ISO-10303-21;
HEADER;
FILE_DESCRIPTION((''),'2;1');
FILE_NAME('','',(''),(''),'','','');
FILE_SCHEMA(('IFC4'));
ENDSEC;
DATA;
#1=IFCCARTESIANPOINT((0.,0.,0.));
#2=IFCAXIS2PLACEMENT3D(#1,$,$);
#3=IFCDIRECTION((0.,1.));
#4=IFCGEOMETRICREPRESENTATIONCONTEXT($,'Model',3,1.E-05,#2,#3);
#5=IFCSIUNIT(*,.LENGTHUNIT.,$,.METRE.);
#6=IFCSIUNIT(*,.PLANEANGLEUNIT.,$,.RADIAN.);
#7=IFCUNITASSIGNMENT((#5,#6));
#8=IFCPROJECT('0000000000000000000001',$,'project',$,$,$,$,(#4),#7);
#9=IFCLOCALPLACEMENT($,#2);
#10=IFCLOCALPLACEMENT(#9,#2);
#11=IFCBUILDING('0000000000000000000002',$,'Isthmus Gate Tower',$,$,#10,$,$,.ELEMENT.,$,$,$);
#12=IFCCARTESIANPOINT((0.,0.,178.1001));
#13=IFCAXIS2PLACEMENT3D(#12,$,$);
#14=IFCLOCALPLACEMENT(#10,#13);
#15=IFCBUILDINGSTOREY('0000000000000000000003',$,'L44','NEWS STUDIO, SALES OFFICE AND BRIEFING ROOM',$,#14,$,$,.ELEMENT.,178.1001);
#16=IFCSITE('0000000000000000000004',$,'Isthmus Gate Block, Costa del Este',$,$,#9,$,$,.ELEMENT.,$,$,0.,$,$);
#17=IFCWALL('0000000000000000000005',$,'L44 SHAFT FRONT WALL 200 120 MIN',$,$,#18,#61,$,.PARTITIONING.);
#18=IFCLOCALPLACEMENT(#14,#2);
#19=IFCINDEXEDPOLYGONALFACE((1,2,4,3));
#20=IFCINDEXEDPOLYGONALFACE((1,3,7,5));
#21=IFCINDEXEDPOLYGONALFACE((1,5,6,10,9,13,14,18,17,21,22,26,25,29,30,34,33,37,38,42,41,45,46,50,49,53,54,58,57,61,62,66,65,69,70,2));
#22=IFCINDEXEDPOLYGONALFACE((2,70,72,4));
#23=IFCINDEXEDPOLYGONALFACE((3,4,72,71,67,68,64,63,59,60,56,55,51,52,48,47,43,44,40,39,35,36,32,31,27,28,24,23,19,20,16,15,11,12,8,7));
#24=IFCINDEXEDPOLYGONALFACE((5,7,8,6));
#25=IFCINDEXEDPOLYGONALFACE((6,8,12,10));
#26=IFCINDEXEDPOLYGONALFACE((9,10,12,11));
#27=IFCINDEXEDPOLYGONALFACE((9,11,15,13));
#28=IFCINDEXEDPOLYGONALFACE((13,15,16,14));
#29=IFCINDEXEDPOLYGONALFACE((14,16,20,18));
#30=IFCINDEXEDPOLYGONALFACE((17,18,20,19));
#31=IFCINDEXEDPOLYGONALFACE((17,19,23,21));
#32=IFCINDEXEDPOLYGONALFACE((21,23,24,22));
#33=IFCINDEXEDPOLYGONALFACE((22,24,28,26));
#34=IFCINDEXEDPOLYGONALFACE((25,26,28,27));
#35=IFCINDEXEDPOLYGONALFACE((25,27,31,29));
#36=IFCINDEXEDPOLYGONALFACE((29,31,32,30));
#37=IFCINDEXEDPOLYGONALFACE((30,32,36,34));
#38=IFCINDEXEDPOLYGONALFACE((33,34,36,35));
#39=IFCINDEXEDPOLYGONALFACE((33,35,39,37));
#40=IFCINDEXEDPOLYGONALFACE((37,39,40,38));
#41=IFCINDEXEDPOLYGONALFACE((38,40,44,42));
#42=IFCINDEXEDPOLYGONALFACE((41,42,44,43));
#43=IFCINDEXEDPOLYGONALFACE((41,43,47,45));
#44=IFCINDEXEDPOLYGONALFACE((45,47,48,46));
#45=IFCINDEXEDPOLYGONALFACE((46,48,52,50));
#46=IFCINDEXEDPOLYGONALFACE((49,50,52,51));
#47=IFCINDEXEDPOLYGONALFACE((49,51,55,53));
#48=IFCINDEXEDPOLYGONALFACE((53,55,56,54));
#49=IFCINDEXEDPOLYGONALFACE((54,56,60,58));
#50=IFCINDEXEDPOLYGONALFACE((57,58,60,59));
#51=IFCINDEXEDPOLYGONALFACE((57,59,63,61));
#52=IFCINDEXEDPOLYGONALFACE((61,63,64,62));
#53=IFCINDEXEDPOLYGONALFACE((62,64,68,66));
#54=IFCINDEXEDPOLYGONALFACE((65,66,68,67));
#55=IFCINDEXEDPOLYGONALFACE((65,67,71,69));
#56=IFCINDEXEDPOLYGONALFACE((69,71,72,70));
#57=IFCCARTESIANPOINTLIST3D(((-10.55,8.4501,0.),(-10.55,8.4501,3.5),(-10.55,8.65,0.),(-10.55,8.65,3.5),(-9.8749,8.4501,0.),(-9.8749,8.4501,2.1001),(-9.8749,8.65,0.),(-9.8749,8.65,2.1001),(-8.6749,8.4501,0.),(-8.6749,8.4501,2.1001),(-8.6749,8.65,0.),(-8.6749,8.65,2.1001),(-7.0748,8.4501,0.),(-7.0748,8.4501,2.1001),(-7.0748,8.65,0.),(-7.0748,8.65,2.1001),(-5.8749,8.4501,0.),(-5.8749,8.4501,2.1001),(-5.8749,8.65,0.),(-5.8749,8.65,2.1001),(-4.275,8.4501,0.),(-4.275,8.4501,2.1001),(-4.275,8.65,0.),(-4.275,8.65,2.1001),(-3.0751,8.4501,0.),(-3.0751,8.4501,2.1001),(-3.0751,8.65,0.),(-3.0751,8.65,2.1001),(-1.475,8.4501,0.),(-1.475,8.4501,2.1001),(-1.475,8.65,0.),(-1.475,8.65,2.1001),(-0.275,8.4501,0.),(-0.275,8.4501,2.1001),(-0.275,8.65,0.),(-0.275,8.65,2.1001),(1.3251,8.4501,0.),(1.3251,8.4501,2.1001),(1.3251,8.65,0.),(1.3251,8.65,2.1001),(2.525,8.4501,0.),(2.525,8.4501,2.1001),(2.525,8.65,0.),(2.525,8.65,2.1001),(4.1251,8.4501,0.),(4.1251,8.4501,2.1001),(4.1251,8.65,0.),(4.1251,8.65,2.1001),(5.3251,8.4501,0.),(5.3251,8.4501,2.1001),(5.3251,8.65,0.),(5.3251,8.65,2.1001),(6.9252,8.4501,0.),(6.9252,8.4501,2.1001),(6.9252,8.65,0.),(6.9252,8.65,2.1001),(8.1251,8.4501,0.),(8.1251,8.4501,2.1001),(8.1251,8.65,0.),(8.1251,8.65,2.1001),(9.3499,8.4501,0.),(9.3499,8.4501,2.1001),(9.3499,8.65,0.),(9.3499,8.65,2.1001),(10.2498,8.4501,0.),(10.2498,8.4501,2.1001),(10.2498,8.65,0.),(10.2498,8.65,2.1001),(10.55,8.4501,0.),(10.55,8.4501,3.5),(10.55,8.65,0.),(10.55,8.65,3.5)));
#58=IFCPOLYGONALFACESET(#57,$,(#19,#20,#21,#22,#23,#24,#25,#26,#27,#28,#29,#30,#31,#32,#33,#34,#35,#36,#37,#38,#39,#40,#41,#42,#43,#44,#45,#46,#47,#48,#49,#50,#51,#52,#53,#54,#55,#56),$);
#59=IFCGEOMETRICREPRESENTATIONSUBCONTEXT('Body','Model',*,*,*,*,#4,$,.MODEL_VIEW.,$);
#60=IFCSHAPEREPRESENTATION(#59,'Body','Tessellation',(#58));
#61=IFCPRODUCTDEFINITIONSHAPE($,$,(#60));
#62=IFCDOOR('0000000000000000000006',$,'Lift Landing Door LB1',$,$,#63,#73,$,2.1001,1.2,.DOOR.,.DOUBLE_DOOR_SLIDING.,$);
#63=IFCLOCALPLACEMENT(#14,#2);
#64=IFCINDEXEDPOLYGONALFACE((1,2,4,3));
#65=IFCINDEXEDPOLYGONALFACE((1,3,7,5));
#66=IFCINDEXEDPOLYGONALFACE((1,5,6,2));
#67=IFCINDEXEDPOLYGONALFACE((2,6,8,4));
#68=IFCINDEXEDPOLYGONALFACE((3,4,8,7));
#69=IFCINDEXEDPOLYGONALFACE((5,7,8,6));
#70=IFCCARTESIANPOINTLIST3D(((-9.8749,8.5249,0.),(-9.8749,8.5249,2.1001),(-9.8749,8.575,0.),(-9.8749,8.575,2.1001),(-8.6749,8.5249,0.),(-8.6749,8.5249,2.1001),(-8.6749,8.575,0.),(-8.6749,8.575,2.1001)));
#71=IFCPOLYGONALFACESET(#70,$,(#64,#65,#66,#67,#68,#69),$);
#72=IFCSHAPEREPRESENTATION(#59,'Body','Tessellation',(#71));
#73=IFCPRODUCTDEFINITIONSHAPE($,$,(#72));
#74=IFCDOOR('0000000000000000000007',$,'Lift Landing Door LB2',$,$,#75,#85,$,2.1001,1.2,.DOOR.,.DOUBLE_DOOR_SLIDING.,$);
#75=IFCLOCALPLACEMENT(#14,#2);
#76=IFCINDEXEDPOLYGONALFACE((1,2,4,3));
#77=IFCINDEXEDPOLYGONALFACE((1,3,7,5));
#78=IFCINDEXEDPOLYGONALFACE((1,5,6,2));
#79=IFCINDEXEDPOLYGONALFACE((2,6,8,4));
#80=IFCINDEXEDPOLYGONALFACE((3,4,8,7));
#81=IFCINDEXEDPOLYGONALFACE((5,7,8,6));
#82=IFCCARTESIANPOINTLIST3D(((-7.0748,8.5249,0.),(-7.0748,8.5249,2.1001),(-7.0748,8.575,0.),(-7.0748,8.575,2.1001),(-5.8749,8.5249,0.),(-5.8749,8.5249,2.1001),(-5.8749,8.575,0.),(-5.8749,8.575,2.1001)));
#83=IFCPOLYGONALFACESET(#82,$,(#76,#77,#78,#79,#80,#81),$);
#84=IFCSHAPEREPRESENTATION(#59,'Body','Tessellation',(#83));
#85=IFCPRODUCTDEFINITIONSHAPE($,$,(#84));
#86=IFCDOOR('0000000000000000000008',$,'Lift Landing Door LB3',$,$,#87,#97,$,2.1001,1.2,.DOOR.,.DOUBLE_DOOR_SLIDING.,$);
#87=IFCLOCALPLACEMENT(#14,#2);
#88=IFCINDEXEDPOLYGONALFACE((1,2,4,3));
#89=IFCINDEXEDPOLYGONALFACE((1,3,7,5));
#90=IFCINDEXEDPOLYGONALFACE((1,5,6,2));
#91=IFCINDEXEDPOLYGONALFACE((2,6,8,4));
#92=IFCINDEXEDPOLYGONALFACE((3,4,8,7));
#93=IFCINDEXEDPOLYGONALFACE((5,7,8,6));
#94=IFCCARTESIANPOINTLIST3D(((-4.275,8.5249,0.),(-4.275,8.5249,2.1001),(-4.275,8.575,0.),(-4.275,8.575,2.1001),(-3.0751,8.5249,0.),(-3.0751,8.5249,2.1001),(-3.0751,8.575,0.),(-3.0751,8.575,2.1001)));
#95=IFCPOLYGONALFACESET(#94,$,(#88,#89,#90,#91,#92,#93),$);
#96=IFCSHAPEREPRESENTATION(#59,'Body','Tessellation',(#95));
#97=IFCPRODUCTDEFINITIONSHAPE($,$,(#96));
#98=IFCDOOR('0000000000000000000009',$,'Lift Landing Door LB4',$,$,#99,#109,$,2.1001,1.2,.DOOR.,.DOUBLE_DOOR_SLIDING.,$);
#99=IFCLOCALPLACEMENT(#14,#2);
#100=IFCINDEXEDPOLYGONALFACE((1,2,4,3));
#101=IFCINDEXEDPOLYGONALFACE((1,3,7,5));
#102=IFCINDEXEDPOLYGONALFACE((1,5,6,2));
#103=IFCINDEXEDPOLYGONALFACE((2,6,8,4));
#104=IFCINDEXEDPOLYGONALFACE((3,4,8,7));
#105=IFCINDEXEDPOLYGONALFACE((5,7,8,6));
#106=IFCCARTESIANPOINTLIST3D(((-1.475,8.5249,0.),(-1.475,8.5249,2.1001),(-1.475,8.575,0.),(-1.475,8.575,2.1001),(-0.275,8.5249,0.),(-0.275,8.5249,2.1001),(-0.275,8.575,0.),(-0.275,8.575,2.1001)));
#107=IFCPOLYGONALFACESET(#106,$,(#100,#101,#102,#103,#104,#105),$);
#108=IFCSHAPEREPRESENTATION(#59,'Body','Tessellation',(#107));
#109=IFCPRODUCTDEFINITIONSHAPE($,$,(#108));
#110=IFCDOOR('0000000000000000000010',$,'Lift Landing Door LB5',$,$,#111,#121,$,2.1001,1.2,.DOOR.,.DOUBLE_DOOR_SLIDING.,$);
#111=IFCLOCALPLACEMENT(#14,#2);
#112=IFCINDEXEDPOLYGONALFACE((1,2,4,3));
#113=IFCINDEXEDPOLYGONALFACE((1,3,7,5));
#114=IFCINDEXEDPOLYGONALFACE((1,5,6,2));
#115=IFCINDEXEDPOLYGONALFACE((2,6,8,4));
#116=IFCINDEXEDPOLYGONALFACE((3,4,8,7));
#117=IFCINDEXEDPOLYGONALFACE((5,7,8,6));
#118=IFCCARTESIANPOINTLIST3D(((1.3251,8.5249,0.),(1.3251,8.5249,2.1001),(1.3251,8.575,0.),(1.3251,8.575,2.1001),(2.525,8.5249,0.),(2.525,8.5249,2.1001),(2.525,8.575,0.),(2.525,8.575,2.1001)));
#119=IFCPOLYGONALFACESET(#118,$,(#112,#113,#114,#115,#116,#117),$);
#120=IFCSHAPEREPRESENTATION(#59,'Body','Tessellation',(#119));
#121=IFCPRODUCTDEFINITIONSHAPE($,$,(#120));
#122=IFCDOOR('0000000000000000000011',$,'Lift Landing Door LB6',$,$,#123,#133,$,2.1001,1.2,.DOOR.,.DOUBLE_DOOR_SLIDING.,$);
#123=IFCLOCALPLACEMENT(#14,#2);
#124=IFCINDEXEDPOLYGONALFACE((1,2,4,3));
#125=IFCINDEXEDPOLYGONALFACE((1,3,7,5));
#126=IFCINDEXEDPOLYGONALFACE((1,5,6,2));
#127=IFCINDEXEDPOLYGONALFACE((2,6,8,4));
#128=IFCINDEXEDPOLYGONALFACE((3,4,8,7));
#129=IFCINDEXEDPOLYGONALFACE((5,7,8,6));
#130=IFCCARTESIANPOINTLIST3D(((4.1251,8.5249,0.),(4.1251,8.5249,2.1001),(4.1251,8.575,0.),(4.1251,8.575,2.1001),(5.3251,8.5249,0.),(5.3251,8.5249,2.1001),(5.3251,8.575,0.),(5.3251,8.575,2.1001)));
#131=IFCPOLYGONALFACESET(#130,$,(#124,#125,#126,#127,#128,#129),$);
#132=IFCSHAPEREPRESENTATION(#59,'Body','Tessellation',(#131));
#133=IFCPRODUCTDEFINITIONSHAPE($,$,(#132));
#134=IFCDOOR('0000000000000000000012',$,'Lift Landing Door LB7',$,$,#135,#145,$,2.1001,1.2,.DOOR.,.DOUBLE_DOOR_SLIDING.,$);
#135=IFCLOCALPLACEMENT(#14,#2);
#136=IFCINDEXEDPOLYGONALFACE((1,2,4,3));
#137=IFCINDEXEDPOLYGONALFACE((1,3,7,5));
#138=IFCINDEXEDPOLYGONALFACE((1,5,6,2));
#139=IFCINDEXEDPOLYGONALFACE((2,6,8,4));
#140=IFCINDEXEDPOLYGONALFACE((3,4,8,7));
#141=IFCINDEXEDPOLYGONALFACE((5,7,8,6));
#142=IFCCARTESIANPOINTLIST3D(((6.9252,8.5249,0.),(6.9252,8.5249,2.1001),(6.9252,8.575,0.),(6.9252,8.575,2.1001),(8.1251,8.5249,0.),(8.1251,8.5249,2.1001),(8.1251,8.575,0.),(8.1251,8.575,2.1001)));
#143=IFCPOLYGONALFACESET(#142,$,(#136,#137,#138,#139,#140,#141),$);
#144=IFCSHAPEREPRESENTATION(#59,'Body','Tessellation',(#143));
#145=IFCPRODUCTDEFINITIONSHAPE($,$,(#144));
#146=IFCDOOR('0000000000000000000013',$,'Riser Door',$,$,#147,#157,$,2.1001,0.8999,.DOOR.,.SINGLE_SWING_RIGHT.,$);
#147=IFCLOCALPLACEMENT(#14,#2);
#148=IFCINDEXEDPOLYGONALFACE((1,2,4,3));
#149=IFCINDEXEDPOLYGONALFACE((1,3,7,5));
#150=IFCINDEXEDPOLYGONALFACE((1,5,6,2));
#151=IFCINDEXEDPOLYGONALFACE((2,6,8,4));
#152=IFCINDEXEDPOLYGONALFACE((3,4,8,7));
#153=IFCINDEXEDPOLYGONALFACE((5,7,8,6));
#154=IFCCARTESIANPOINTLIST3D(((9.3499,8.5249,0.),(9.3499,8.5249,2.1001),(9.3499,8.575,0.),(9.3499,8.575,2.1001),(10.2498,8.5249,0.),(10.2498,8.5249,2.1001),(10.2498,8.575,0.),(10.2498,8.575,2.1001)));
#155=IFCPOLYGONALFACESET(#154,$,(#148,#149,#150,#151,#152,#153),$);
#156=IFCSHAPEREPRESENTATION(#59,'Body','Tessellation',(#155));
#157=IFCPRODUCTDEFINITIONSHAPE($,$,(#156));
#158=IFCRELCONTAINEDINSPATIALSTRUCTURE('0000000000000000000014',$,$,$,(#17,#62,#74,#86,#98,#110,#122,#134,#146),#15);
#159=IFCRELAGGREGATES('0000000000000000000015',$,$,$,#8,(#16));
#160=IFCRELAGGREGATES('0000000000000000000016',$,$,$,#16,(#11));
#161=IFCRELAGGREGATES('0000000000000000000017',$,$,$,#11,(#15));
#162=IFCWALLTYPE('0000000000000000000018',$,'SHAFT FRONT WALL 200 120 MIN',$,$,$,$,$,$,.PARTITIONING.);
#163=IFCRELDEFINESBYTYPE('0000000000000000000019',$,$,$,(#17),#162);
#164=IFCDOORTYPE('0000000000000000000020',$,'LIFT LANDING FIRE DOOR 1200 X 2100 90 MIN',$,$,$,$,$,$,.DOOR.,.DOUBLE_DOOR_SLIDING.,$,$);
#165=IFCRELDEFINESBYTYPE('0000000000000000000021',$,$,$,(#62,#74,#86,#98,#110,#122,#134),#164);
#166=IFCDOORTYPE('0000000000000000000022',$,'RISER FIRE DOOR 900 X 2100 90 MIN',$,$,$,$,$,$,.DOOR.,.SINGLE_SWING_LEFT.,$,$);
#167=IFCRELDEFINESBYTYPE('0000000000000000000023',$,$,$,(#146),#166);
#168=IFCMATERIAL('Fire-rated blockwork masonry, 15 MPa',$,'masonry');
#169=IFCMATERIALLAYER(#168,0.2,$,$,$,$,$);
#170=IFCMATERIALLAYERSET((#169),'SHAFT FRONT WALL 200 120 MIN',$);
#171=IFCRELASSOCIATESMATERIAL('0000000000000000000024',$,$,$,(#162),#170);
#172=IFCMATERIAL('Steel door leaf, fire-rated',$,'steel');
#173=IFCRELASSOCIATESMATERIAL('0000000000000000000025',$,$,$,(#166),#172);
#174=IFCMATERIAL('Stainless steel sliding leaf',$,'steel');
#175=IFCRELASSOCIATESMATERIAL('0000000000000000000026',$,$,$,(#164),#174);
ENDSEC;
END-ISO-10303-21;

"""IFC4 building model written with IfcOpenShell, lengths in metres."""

from ifc_helpers import new_model, si_unit, direction, frame, frame_2d, origin, place, context, subcontext, project, spatial, rectangle, extrude, material, layer, layer_set, type_object, element, fill, save


model = new_model("IFC4")

# Units and contexts
model_context = context("Model", 3, precision=1e-05, world=origin(), true_north=direction((0.0, 1.0)))
body_context = subcontext(model_context, "Body", "Model", "MODEL_VIEW")
ifc_project = project(units=[si_unit("LENGTHUNIT", "METRE"), si_unit("PLANEANGLEUNIT", "RADIAN")], contexts=[model_context])

# Site, building, storey
site_placement = place(None, origin())
site = spatial("IfcSite", under=ifc_project, at=site_placement, Name="Isthmus Gate Block, Costa del Este", CompositionType="ELEMENT", RefElevation=0.0)
building_placement = place(site_placement, origin())
building = spatial("IfcBuilding", under=site, at=building_placement, Name="Isthmus Gate Tower", CompositionType="ELEMENT")
storey_placement = place(building_placement, frame((0.0, 0.0, 178.1001)))
storey = spatial("IfcBuildingStorey", under=building, at=storey_placement, Name="L44", Description="NEWS STUDIO, SALES OFFICE AND BRIEFING ROOM", CompositionType="ELEMENT", Elevation=178.1001)

# Wall, openings, doors
ifc_material_1 = material(Name="Fire-rated blockwork masonry, 15 MPa", Category="masonry")
ifc_layer_1 = layer(ifc_material_1, 0.2)
ifc_layer_set_1 = layer_set([ifc_layer_1], Name="SHAFT FRONT WALL 200 120 MIN")
wall_type_1 = type_object("IfcWallType", Name="SHAFT FRONT WALL 200 120 MIN", PredefinedType="PARTITIONING", material=ifc_layer_set_1)
ifc_material_2 = material(Name="Steel door leaf, fire-rated", Category="steel")
door_type_1 = type_object("IfcDoorType", Name="RISER FIRE DOOR 900 X 2100 90 MIN", OperationType="SINGLE_SWING_LEFT", PredefinedType="DOOR", material=ifc_material_2)
wall_1_placement = place(storey_placement, frame((-10.55, 8.55, 0.0), z_axis=(0.0, 0.0, 1.0), x_axis=(1.0, 0.0, 0.0)))
wall_1 = element("IfcWall", 1, at=wall_1_placement, inside=storey, type_object=wall_type_1, Name="L44 SHAFT FRONT WALL 200 120 MIN", PredefinedType="PARTITIONING", context=body_context, shape_type="SweptSolid", body=[
    extrude(rectangle(XDim=21.1001, YDim=0.2, at=frame_2d((10.55, 0.0))), origin(), (0.0, 0.0, 1.0), 3.5),
])
opening_1_placement = place(wall_1_placement, frame((0.675, 0.0, 0.0)))
opening_1 = element("IfcOpeningElement", 2, at=opening_1_placement, cuts=wall_1, PredefinedType="OPENING", context=body_context, shape_type="SweptSolid", body=[
    extrude(rectangle(XDim=1.2, YDim=2.1001, at=frame_2d((0.6001, 1.05))), frame((0.0, 0.1099, 0.0), z_axis=(0.0, -1.0, 0.0), x_axis=(1.0, 0.0, 0.0)), (0.0, 0.0, 1.0), 0.22),
])
opening_2_placement = place(wall_1_placement, frame((3.4751, 0.0, 0.0)))
opening_2 = element("IfcOpeningElement", 3, at=opening_2_placement, cuts=wall_1, PredefinedType="OPENING", context=body_context, shape_type="SweptSolid", body=[
    extrude(rectangle(XDim=1.2, YDim=2.1001, at=frame_2d((0.6001, 1.05))), frame((0.0, 0.1099, 0.0), z_axis=(0.0, -1.0, 0.0), x_axis=(1.0, 0.0, 0.0)), (0.0, 0.0, 1.0), 0.22),
])
opening_3_placement = place(wall_1_placement, frame((6.2749, 0.0, 0.0)))
opening_3 = element("IfcOpeningElement", 4, at=opening_3_placement, cuts=wall_1, PredefinedType="OPENING", context=body_context, shape_type="SweptSolid", body=[
    extrude(rectangle(XDim=1.2, YDim=2.1001, at=frame_2d((0.6001, 1.05))), frame((0.0, 0.1099, 0.0), z_axis=(0.0, -1.0, 0.0), x_axis=(1.0, 0.0, 0.0)), (0.0, 0.0, 1.0), 0.22),
])
opening_4_placement = place(wall_1_placement, frame((9.075, 0.0, 0.0)))
opening_4 = element("IfcOpeningElement", 5, at=opening_4_placement, cuts=wall_1, PredefinedType="OPENING", context=body_context, shape_type="SweptSolid", body=[
    extrude(rectangle(XDim=1.2, YDim=2.1001, at=frame_2d((0.6001, 1.05))), frame((0.0, 0.1099, 0.0), z_axis=(0.0, -1.0, 0.0), x_axis=(1.0, 0.0, 0.0)), (0.0, 0.0, 1.0), 0.22),
])
opening_5_placement = place(wall_1_placement, frame((11.875, 0.0, 0.0)))
opening_5 = element("IfcOpeningElement", 6, at=opening_5_placement, cuts=wall_1, PredefinedType="OPENING", context=body_context, shape_type="SweptSolid", body=[
    extrude(rectangle(XDim=1.2, YDim=2.1001, at=frame_2d((0.6001, 1.05))), frame((0.0, 0.1099, 0.0), z_axis=(0.0, -1.0, 0.0), x_axis=(1.0, 0.0, 0.0)), (0.0, 0.0, 1.0), 0.22),
])
opening_6_placement = place(wall_1_placement, frame((14.675, 0.0, 0.0)))
opening_6 = element("IfcOpeningElement", 7, at=opening_6_placement, cuts=wall_1, PredefinedType="OPENING", context=body_context, shape_type="SweptSolid", body=[
    extrude(rectangle(XDim=1.2, YDim=2.1001, at=frame_2d((0.6001, 1.05))), frame((0.0, 0.1099, 0.0), z_axis=(0.0, -1.0, 0.0), x_axis=(1.0, 0.0, 0.0)), (0.0, 0.0, 1.0), 0.22),
])
opening_7_placement = place(wall_1_placement, frame((17.4751, 0.0, 0.0)))
opening_7 = element("IfcOpeningElement", 8, at=opening_7_placement, cuts=wall_1, PredefinedType="OPENING", context=body_context, shape_type="SweptSolid", body=[
    extrude(rectangle(XDim=1.2, YDim=2.1001, at=frame_2d((0.6001, 1.05))), frame((0.0, 0.1099, 0.0), z_axis=(0.0, -1.0, 0.0), x_axis=(1.0, 0.0, 0.0)), (0.0, 0.0, 1.0), 0.22),
])
opening_8_placement = place(wall_1_placement, frame((19.8999, 0.0, 0.0)))
opening_8 = element("IfcOpeningElement", 9, at=opening_8_placement, cuts=wall_1, PredefinedType="OPENING", context=body_context, shape_type="SweptSolid", body=[
    extrude(rectangle(XDim=0.8999, YDim=2.1001, at=frame_2d((0.45, 1.05))), frame((0.0, 0.1099, 0.0), z_axis=(0.0, -1.0, 0.0), x_axis=(1.0, 0.0, 0.0)), (0.0, 0.0, 1.0), 0.22),
])
ifc_material_3 = material(Name="Stainless steel sliding leaf", Category="steel")
door_type_2 = type_object("IfcDoorType", Name="LIFT LANDING FIRE DOOR 1200 X 2100 90 MIN", OperationType="DOUBLE_DOOR_SLIDING", PredefinedType="DOOR", material=ifc_material_3)
door_1_placement = place(opening_1_placement, origin())
door_1 = element("IfcDoor", 10, at=door_1_placement, inside=storey, type_object=door_type_2, Name="Lift Landing Door LB1", OperationType="DOUBLE_DOOR_SLIDING", OverallHeight=2.1001, OverallWidth=1.2, PredefinedType="DOOR", context=body_context, shape_type="SweptSolid", body=[
    extrude(rectangle(XDim=1.2, YDim=2.1001, at=frame_2d((0.6001, 1.05))), frame((0.0, 0.0249, 0.0), z_axis=(0.0, -1.0, 0.0), x_axis=(1.0, 0.0, 0.0)), (0.0, 0.0, 1.0), 0.05),
])
fill(opening_1, door_1)
door_2_placement = place(opening_2_placement, origin())
door_2 = element("IfcDoor", 11, at=door_2_placement, inside=storey, type_object=door_type_2, Name="Lift Landing Door LB2", OperationType="DOUBLE_DOOR_SLIDING", OverallHeight=2.1001, OverallWidth=1.2, PredefinedType="DOOR", context=body_context, shape_type="SweptSolid", body=[
    extrude(rectangle(XDim=1.2, YDim=2.1001, at=frame_2d((0.6001, 1.05))), frame((0.0, 0.0249, 0.0), z_axis=(0.0, -1.0, 0.0), x_axis=(1.0, 0.0, 0.0)), (0.0, 0.0, 1.0), 0.05),
])
fill(opening_2, door_2)
door_3_placement = place(opening_3_placement, origin())
door_3 = element("IfcDoor", 12, at=door_3_placement, inside=storey, type_object=door_type_2, Name="Lift Landing Door LB3", OperationType="DOUBLE_DOOR_SLIDING", OverallHeight=2.1001, OverallWidth=1.2, PredefinedType="DOOR", context=body_context, shape_type="SweptSolid", body=[
    extrude(rectangle(XDim=1.2, YDim=2.1001, at=frame_2d((0.6001, 1.05))), frame((0.0, 0.0249, 0.0), z_axis=(0.0, -1.0, 0.0), x_axis=(1.0, 0.0, 0.0)), (0.0, 0.0, 1.0), 0.05),
])
fill(opening_3, door_3)
door_4_placement = place(opening_4_placement, origin())
door_4 = element("IfcDoor", 13, at=door_4_placement, inside=storey, type_object=door_type_2, Name="Lift Landing Door LB4", OperationType="DOUBLE_DOOR_SLIDING", OverallHeight=2.1001, OverallWidth=1.2, PredefinedType="DOOR", context=body_context, shape_type="SweptSolid", body=[
    extrude(rectangle(XDim=1.2, YDim=2.1001, at=frame_2d((0.6001, 1.05))), frame((0.0, 0.0249, 0.0), z_axis=(0.0, -1.0, 0.0), x_axis=(1.0, 0.0, 0.0)), (0.0, 0.0, 1.0), 0.05),
])
fill(opening_4, door_4)
door_5_placement = place(opening_5_placement, origin())
door_5 = element("IfcDoor", 14, at=door_5_placement, inside=storey, type_object=door_type_2, Name="Lift Landing Door LB5", OperationType="DOUBLE_DOOR_SLIDING", OverallHeight=2.1001, OverallWidth=1.2, PredefinedType="DOOR", context=body_context, shape_type="SweptSolid", body=[
    extrude(rectangle(XDim=1.2, YDim=2.1001, at=frame_2d((0.6001, 1.05))), frame((0.0, 0.0249, 0.0), z_axis=(0.0, -1.0, 0.0), x_axis=(1.0, 0.0, 0.0)), (0.0, 0.0, 1.0), 0.05),
])
fill(opening_5, door_5)
door_6_placement = place(opening_6_placement, origin())
door_6 = element("IfcDoor", 15, at=door_6_placement, inside=storey, type_object=door_type_2, Name="Lift Landing Door LB6", OperationType="DOUBLE_DOOR_SLIDING", OverallHeight=2.1001, OverallWidth=1.2, PredefinedType="DOOR", context=body_context, shape_type="SweptSolid", body=[
    extrude(rectangle(XDim=1.2, YDim=2.1001, at=frame_2d((0.6001, 1.05))), frame((0.0, 0.0249, 0.0), z_axis=(0.0, -1.0, 0.0), x_axis=(1.0, 0.0, 0.0)), (0.0, 0.0, 1.0), 0.05),
])
fill(opening_6, door_6)
door_7_placement = place(opening_7_placement, origin())
door_7 = element("IfcDoor", 16, at=door_7_placement, inside=storey, type_object=door_type_2, Name="Lift Landing Door LB7", OperationType="DOUBLE_DOOR_SLIDING", OverallHeight=2.1001, OverallWidth=1.2, PredefinedType="DOOR", context=body_context, shape_type="SweptSolid", body=[
    extrude(rectangle(XDim=1.2, YDim=2.1001, at=frame_2d((0.6001, 1.05))), frame((0.0, 0.0249, 0.0), z_axis=(0.0, -1.0, 0.0), x_axis=(1.0, 0.0, 0.0)), (0.0, 0.0, 1.0), 0.05),
])
fill(opening_7, door_7)
door_8_placement = place(opening_8_placement, origin())
door_8 = element("IfcDoor", 17, at=door_8_placement, inside=storey, type_object=door_type_1, Name="Riser Door", OperationType="SINGLE_SWING_RIGHT", OverallHeight=2.1001, OverallWidth=0.8999, PredefinedType="DOOR", context=body_context, shape_type="SweptSolid", body=[
    extrude(rectangle(XDim=0.8999, YDim=2.1001, at=frame_2d((0.45, 1.05))), frame((0.0, 0.0249, 0.0), z_axis=(0.0, -1.0, 0.0), x_axis=(1.0, 0.0, 0.0)), (0.0, 0.0, 1.0), 0.05),
])
fill(opening_8, door_8)

save(model, "model.ifc")
